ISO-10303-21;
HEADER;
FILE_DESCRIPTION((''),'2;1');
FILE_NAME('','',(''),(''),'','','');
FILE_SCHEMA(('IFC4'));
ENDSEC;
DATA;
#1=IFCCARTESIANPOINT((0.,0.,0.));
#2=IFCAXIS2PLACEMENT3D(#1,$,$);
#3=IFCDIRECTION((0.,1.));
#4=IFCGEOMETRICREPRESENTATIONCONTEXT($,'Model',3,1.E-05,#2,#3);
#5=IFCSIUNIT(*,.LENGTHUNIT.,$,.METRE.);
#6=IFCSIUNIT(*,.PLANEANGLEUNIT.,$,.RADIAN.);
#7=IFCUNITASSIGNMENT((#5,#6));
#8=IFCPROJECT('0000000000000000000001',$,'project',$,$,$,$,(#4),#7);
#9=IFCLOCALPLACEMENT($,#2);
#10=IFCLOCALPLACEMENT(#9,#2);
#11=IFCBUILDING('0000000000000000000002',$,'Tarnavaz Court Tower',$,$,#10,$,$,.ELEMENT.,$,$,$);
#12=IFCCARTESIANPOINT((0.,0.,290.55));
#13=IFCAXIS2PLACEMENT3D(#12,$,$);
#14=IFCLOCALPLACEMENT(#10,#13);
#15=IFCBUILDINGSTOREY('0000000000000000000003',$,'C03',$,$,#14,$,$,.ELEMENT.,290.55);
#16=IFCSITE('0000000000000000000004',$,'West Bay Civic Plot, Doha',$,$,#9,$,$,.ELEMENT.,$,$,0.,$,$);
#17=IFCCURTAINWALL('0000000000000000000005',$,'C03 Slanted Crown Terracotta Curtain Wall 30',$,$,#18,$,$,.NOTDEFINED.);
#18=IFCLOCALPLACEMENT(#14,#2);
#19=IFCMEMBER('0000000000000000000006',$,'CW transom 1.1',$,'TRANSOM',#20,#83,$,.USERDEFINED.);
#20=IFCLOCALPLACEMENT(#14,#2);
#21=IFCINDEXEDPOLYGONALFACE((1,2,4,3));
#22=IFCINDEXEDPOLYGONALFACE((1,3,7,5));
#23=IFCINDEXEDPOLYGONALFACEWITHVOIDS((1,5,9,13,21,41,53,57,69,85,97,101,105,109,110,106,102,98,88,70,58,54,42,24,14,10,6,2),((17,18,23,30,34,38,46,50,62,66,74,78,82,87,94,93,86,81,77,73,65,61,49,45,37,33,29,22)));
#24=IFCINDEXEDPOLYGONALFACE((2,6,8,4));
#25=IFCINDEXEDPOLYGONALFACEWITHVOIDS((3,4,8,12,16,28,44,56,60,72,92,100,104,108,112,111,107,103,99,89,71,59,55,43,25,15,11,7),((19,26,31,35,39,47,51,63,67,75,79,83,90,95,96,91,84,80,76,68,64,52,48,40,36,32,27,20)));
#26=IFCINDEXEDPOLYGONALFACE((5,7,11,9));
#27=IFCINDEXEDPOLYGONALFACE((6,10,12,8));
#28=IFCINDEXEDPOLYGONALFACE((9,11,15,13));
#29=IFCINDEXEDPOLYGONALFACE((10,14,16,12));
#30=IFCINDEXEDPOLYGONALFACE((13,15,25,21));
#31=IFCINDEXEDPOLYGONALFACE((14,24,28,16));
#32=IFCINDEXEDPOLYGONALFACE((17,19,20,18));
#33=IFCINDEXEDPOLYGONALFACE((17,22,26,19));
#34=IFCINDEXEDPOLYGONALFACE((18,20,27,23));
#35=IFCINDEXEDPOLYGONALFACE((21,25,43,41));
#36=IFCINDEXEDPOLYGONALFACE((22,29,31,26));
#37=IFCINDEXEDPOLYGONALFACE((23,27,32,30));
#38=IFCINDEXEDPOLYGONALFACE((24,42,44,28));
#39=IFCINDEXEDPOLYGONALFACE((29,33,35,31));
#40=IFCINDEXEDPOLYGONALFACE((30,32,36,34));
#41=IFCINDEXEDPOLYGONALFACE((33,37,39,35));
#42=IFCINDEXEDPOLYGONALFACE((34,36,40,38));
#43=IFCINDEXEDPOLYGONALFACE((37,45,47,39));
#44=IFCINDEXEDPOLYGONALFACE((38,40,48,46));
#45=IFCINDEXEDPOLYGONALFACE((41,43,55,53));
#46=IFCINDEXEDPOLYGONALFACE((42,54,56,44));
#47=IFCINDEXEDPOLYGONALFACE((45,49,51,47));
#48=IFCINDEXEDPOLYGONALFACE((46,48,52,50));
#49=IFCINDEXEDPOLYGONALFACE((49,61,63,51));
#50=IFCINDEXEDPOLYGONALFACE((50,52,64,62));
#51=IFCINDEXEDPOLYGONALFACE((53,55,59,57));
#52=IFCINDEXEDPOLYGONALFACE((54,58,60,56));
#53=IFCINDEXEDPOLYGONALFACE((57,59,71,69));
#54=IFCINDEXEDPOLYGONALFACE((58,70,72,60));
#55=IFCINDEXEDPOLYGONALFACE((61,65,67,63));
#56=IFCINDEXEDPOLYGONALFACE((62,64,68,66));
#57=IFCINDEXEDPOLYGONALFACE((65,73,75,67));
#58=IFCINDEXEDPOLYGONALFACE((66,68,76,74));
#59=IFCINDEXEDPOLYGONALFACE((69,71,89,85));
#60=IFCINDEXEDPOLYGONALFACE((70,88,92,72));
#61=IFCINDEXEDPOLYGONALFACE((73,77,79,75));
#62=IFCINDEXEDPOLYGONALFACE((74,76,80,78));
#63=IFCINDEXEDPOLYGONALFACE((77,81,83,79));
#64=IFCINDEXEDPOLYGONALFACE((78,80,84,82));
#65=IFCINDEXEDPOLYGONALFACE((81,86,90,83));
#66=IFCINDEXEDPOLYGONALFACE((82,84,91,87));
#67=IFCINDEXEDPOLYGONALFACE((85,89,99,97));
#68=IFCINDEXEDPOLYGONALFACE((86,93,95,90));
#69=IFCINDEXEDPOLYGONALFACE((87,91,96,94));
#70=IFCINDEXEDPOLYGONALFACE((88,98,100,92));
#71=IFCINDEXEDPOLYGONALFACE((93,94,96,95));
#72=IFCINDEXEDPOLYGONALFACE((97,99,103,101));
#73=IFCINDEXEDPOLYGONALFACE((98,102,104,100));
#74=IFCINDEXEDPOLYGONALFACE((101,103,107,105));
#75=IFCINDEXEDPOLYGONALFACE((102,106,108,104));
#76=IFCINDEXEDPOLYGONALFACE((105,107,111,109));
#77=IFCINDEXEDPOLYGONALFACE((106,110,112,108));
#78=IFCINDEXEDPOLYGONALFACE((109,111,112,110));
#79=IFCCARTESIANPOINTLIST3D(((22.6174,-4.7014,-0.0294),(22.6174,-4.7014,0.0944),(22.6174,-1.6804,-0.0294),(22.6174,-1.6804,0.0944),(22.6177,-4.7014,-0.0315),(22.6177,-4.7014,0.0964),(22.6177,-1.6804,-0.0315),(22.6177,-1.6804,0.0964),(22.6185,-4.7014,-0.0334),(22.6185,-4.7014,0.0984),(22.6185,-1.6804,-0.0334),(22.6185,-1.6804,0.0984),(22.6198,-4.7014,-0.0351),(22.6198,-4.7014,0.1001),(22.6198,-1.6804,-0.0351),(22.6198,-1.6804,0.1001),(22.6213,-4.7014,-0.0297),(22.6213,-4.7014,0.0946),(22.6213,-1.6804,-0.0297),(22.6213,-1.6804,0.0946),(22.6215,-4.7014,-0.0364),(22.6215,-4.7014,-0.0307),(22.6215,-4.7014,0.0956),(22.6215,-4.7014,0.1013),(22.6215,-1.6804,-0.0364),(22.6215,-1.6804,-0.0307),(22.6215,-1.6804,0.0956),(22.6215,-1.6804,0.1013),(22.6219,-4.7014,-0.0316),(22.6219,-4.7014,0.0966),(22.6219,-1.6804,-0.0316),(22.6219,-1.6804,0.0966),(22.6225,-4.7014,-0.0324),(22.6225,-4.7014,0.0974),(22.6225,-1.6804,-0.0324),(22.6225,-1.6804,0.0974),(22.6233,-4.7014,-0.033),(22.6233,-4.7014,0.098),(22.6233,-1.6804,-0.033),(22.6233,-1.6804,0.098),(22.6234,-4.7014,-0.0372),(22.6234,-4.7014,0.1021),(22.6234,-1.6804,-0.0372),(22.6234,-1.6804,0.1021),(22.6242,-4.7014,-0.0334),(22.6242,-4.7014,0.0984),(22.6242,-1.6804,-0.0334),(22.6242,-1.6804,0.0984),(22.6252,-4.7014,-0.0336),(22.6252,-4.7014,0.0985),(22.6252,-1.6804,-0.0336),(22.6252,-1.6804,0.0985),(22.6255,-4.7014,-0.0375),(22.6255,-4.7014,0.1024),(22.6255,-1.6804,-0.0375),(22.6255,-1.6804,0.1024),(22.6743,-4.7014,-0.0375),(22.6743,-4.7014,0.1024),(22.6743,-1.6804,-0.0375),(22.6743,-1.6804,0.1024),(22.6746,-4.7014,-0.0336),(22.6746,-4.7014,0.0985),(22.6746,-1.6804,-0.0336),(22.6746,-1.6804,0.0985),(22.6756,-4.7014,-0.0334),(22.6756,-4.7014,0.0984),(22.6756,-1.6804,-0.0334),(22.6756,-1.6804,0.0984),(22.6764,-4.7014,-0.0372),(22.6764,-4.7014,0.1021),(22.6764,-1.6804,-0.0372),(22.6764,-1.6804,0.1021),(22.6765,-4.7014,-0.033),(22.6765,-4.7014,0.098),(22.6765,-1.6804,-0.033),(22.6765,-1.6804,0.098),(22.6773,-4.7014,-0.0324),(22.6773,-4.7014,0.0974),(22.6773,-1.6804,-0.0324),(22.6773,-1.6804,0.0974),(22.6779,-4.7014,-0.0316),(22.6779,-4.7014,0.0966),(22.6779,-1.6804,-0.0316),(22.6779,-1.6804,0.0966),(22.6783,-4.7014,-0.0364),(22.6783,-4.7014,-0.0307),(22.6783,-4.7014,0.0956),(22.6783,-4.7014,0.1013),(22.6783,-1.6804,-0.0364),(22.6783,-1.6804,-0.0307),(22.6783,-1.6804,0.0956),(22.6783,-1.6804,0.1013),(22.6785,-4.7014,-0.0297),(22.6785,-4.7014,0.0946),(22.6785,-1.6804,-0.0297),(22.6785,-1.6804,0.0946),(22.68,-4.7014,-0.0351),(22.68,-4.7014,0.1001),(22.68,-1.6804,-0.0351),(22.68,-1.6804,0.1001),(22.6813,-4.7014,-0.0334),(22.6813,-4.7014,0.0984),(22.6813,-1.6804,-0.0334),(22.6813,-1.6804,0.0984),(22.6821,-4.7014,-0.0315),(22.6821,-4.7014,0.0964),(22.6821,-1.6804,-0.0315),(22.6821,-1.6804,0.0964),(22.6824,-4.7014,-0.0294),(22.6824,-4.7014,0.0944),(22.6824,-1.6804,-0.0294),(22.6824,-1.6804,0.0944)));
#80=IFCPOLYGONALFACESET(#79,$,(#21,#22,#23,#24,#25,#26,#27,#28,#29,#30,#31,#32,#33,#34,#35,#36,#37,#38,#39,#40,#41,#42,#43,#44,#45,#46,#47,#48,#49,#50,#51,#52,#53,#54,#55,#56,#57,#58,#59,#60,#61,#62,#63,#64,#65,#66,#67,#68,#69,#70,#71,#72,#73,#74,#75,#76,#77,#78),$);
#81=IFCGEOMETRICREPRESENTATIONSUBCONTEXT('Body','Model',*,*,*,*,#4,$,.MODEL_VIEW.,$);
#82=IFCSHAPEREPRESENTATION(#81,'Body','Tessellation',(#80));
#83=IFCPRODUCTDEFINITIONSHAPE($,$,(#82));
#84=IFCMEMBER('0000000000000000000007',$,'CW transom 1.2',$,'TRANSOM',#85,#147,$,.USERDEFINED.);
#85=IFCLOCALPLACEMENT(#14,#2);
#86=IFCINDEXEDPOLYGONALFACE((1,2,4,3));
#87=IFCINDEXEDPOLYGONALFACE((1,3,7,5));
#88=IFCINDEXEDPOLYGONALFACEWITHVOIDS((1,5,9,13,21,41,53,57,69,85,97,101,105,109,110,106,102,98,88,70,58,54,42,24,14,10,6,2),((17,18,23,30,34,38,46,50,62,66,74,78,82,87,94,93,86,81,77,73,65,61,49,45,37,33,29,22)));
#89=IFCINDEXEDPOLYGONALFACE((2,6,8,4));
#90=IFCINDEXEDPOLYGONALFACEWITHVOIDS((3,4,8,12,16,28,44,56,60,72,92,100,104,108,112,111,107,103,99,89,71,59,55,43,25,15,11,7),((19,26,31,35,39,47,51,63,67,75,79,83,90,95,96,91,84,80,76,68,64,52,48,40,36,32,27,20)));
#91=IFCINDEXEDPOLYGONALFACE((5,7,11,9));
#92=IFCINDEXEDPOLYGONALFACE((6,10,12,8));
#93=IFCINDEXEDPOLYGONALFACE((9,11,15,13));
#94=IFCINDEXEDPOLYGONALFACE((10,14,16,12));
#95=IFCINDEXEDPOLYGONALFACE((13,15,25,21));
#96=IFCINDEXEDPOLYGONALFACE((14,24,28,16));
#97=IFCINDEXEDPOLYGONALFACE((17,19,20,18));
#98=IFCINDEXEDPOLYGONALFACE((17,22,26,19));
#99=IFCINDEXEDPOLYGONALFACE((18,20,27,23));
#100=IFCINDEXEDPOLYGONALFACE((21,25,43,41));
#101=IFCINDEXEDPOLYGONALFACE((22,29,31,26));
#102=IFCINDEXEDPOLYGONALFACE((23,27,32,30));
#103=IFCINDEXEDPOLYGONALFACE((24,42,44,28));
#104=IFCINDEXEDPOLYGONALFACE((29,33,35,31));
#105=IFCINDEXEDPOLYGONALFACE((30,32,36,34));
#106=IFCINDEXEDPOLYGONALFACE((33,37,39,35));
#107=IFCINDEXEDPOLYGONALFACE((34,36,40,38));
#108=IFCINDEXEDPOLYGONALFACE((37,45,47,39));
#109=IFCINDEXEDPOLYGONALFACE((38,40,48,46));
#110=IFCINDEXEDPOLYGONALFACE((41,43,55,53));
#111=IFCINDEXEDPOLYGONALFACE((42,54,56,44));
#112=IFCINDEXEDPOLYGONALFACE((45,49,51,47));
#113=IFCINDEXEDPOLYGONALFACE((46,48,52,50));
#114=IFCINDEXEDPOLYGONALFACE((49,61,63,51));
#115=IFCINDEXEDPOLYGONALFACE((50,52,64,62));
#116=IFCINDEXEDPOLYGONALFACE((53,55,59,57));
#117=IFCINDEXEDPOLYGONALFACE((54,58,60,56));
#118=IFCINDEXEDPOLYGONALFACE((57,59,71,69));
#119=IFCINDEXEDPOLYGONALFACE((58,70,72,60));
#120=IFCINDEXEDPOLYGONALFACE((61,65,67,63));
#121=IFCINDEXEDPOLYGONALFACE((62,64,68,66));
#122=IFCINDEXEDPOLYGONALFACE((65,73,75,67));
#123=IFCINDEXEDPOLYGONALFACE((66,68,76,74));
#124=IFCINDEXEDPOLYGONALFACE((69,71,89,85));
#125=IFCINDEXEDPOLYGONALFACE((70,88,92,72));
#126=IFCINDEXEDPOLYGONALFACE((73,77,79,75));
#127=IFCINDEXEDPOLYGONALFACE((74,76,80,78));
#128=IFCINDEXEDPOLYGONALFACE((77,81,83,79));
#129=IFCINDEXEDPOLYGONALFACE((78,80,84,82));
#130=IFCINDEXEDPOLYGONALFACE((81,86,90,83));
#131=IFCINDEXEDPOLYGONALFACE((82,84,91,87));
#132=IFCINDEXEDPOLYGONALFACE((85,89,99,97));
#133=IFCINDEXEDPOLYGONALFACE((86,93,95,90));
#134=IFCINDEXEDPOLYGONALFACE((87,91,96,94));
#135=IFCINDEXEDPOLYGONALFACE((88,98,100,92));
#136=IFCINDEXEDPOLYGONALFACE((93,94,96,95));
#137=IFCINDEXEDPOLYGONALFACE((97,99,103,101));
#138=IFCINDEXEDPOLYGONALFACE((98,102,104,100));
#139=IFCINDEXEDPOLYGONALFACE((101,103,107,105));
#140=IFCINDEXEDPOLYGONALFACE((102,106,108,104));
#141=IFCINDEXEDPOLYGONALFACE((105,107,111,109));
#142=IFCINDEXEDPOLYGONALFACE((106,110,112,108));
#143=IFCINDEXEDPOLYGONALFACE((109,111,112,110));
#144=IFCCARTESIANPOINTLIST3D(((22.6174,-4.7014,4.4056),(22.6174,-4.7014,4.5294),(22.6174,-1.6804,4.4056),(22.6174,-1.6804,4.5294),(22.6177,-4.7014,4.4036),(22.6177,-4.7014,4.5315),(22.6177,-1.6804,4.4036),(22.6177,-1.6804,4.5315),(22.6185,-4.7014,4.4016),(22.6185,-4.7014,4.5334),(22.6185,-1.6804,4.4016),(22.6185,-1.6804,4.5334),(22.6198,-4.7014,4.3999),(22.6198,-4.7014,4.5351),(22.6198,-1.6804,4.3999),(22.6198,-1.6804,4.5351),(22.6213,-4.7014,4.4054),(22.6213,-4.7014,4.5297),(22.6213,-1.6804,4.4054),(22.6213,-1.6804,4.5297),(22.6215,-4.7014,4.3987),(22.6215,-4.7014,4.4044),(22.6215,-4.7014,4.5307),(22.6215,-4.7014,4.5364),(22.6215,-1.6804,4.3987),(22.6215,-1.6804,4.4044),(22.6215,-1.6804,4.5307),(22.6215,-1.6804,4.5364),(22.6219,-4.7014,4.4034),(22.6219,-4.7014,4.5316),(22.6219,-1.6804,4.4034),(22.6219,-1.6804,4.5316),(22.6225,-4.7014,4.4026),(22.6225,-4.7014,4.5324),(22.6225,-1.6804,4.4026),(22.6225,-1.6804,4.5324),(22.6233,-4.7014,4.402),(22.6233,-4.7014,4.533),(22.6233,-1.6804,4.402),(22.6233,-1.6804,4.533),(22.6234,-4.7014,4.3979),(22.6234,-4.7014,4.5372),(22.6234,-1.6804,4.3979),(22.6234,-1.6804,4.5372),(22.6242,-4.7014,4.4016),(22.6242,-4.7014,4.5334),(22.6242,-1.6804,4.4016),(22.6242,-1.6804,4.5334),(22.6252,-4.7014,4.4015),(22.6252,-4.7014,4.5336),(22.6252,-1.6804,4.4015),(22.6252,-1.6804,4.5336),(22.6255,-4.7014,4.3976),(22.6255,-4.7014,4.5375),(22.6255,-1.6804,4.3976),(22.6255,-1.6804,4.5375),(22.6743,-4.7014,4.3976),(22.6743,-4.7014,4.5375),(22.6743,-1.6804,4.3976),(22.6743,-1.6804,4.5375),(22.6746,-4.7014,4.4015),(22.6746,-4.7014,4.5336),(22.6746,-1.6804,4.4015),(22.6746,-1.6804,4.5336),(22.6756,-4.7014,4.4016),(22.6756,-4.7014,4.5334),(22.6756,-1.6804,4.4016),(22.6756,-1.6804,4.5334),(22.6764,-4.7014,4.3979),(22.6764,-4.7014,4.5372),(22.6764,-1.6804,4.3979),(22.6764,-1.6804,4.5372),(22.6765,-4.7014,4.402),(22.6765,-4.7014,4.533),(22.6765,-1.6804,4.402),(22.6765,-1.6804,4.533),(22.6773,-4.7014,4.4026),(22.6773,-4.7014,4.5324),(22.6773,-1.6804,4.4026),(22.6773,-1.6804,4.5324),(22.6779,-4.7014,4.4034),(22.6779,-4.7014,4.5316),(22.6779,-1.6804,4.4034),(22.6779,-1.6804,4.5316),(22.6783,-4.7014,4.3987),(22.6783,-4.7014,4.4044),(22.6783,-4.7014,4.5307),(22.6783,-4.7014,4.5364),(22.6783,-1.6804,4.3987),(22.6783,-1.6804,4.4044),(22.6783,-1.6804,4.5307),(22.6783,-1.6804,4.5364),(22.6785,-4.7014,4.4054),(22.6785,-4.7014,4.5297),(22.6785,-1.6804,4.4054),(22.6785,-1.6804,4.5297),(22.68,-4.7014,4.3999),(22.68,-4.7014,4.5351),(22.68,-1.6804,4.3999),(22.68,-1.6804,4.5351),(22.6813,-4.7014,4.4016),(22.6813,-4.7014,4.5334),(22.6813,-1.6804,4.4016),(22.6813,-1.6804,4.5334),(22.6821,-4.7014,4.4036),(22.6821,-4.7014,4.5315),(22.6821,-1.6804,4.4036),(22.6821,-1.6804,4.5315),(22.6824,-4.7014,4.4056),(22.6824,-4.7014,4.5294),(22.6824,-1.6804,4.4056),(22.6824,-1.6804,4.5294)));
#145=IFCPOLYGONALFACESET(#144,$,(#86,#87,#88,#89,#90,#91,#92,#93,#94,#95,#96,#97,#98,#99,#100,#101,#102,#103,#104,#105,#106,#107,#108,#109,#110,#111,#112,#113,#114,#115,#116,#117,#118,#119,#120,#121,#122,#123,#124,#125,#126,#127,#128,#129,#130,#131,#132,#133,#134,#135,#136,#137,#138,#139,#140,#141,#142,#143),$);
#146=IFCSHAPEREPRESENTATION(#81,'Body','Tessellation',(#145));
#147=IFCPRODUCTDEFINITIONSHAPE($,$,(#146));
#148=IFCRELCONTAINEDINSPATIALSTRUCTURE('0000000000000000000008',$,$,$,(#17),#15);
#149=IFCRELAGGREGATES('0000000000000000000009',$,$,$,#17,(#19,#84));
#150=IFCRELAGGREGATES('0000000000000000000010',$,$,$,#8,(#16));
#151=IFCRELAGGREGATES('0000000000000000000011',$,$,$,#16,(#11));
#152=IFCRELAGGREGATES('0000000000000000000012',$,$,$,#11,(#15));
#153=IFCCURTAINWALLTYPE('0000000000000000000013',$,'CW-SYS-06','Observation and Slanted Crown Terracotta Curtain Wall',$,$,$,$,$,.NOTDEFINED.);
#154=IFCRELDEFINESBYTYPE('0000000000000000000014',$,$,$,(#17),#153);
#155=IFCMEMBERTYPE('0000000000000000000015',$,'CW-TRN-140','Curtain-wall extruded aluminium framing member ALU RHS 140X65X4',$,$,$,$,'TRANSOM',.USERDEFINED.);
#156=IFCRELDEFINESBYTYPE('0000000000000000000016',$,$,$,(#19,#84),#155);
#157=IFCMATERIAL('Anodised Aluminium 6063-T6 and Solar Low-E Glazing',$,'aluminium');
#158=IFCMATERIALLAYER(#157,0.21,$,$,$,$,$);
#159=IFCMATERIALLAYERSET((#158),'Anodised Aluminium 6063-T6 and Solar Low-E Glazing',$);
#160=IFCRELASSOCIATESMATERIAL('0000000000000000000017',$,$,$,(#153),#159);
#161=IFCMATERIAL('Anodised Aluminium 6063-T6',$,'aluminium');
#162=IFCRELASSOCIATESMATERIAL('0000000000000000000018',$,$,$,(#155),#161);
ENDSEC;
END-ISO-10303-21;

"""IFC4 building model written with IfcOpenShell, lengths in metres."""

from ifc_helpers import new_model, si_unit, direction, frame, origin, origin_2d, place, context, subcontext, project, spatial, hollow_rectangle, extrude, material, layer, layer_set, material_profile, profile_set, type_object, element, aggregate, save


model = new_model("IFC4")

# Units and contexts
model_context = context("Model", 3, precision=1e-05, world=origin(), true_north=direction((0.0, 1.0)))
body_context = subcontext(model_context, "Body", "Model", "MODEL_VIEW")
ifc_project = project(units=[si_unit("LENGTHUNIT", "METRE"), si_unit("PLANEANGLEUNIT", "RADIAN")], contexts=[model_context])

# Site, building, storey
site_placement = place(None, origin())
site = spatial("IfcSite", under=ifc_project, at=site_placement, Name="West Bay Civic Plot, Doha", CompositionType="ELEMENT", RefElevation=0.0)
building_placement = place(site_placement, origin())
building = spatial("IfcBuilding", under=site, at=building_placement, Name="Tarnavaz Court Tower", CompositionType="ELEMENT")
storey_placement = place(building_placement, frame((0.0, 0.0, 290.55)))
storey = spatial("IfcBuildingStorey", under=building, at=storey_placement, Name="C03", CompositionType="ELEMENT", Elevation=290.55)

# Shared definitions
ifc_material_1 = material(Name="Anodised Aluminium 6063-T6 and Solar Low-E Glazing", Category="aluminium")
ifc_layer_1 = layer(ifc_material_1, 0.21)
ifc_layer_set_1 = layer_set([ifc_layer_1], Name="Anodised Aluminium 6063-T6 and Solar Low-E Glazing")
curtain_wall_type = type_object("IfcCurtainWallType", Name="CW-SYS-06", Description="Observation and Slanted Crown Terracotta Curtain Wall", PredefinedType="NOTDEFINED", material=ifc_layer_set_1)
ifc_material_2 = material(Name="Anodised Aluminium 6063-T6", Category="aluminium")

# Curtain wall
curtain_wall_1_placement = place(storey_placement, origin())
curtain_wall_1 = element("IfcCurtainWall", 1, at=curtain_wall_1_placement, inside=storey, type_object=curtain_wall_type, Name="C03 Slanted Crown Terracotta Curtain Wall 30", PredefinedType="NOTDEFINED")

# Members
ifc_material_profile_1 = material_profile(ifc_material_2, hollow_rectangle(XDim=0.0649, YDim=0.1399, WallThickness=0.0039, InnerFilletRadius=0.0039, OuterFilletRadius=0.0081, at=origin_2d()), Name="ALU RHS 140X65X4")
ifc_profile_set_1 = profile_set([ifc_material_profile_1], Name="Anodised Aluminium 6063-T6")
member_type_1 = type_object("IfcMemberType", Name="CW-TRN-140", Description="Curtain-wall extruded aluminium framing member ALU RHS 140X65X4", ElementType="TRANSOM", PredefinedType="USERDEFINED", material=ifc_profile_set_1)
member_1_placement = place(storey_placement, frame((22.6499, -1.6804, 0.0325), z_axis=(0.0, -1.0, 0.0), x_axis=(1.0, 0.0, 0.0)))
member_1 = element("IfcMember", 2, at=member_1_placement, type_object=member_type_1, Name="CW transom 1.1", ObjectType="TRANSOM", PredefinedType="USERDEFINED", context=body_context, shape_type="SweptSolid", body=[
    extrude(hollow_rectangle(XDim=0.0649, YDim=0.1399, WallThickness=0.0039, InnerFilletRadius=0.0039, OuterFilletRadius=0.0081, at=origin_2d()), origin(), (0.0, 0.0, 1.0), 3.021),
])
member_2_placement = place(storey_placement, frame((22.6499, -1.6804, 4.4675), z_axis=(0.0, -1.0, 0.0), x_axis=(1.0, 0.0, 0.0)))
member_2 = element("IfcMember", 3, at=member_2_placement, type_object=member_type_1, Name="CW transom 1.2", ObjectType="TRANSOM", PredefinedType="USERDEFINED", context=body_context, shape_type="SweptSolid", body=[
    extrude(hollow_rectangle(XDim=0.0649, YDim=0.1399, WallThickness=0.0039, InnerFilletRadius=0.0039, OuterFilletRadius=0.0081, at=origin_2d()), origin(), (0.0, 0.0, 1.0), 3.021),
])

aggregate(curtain_wall_1, [member_1, member_2])

save(model, "model.ifc")
